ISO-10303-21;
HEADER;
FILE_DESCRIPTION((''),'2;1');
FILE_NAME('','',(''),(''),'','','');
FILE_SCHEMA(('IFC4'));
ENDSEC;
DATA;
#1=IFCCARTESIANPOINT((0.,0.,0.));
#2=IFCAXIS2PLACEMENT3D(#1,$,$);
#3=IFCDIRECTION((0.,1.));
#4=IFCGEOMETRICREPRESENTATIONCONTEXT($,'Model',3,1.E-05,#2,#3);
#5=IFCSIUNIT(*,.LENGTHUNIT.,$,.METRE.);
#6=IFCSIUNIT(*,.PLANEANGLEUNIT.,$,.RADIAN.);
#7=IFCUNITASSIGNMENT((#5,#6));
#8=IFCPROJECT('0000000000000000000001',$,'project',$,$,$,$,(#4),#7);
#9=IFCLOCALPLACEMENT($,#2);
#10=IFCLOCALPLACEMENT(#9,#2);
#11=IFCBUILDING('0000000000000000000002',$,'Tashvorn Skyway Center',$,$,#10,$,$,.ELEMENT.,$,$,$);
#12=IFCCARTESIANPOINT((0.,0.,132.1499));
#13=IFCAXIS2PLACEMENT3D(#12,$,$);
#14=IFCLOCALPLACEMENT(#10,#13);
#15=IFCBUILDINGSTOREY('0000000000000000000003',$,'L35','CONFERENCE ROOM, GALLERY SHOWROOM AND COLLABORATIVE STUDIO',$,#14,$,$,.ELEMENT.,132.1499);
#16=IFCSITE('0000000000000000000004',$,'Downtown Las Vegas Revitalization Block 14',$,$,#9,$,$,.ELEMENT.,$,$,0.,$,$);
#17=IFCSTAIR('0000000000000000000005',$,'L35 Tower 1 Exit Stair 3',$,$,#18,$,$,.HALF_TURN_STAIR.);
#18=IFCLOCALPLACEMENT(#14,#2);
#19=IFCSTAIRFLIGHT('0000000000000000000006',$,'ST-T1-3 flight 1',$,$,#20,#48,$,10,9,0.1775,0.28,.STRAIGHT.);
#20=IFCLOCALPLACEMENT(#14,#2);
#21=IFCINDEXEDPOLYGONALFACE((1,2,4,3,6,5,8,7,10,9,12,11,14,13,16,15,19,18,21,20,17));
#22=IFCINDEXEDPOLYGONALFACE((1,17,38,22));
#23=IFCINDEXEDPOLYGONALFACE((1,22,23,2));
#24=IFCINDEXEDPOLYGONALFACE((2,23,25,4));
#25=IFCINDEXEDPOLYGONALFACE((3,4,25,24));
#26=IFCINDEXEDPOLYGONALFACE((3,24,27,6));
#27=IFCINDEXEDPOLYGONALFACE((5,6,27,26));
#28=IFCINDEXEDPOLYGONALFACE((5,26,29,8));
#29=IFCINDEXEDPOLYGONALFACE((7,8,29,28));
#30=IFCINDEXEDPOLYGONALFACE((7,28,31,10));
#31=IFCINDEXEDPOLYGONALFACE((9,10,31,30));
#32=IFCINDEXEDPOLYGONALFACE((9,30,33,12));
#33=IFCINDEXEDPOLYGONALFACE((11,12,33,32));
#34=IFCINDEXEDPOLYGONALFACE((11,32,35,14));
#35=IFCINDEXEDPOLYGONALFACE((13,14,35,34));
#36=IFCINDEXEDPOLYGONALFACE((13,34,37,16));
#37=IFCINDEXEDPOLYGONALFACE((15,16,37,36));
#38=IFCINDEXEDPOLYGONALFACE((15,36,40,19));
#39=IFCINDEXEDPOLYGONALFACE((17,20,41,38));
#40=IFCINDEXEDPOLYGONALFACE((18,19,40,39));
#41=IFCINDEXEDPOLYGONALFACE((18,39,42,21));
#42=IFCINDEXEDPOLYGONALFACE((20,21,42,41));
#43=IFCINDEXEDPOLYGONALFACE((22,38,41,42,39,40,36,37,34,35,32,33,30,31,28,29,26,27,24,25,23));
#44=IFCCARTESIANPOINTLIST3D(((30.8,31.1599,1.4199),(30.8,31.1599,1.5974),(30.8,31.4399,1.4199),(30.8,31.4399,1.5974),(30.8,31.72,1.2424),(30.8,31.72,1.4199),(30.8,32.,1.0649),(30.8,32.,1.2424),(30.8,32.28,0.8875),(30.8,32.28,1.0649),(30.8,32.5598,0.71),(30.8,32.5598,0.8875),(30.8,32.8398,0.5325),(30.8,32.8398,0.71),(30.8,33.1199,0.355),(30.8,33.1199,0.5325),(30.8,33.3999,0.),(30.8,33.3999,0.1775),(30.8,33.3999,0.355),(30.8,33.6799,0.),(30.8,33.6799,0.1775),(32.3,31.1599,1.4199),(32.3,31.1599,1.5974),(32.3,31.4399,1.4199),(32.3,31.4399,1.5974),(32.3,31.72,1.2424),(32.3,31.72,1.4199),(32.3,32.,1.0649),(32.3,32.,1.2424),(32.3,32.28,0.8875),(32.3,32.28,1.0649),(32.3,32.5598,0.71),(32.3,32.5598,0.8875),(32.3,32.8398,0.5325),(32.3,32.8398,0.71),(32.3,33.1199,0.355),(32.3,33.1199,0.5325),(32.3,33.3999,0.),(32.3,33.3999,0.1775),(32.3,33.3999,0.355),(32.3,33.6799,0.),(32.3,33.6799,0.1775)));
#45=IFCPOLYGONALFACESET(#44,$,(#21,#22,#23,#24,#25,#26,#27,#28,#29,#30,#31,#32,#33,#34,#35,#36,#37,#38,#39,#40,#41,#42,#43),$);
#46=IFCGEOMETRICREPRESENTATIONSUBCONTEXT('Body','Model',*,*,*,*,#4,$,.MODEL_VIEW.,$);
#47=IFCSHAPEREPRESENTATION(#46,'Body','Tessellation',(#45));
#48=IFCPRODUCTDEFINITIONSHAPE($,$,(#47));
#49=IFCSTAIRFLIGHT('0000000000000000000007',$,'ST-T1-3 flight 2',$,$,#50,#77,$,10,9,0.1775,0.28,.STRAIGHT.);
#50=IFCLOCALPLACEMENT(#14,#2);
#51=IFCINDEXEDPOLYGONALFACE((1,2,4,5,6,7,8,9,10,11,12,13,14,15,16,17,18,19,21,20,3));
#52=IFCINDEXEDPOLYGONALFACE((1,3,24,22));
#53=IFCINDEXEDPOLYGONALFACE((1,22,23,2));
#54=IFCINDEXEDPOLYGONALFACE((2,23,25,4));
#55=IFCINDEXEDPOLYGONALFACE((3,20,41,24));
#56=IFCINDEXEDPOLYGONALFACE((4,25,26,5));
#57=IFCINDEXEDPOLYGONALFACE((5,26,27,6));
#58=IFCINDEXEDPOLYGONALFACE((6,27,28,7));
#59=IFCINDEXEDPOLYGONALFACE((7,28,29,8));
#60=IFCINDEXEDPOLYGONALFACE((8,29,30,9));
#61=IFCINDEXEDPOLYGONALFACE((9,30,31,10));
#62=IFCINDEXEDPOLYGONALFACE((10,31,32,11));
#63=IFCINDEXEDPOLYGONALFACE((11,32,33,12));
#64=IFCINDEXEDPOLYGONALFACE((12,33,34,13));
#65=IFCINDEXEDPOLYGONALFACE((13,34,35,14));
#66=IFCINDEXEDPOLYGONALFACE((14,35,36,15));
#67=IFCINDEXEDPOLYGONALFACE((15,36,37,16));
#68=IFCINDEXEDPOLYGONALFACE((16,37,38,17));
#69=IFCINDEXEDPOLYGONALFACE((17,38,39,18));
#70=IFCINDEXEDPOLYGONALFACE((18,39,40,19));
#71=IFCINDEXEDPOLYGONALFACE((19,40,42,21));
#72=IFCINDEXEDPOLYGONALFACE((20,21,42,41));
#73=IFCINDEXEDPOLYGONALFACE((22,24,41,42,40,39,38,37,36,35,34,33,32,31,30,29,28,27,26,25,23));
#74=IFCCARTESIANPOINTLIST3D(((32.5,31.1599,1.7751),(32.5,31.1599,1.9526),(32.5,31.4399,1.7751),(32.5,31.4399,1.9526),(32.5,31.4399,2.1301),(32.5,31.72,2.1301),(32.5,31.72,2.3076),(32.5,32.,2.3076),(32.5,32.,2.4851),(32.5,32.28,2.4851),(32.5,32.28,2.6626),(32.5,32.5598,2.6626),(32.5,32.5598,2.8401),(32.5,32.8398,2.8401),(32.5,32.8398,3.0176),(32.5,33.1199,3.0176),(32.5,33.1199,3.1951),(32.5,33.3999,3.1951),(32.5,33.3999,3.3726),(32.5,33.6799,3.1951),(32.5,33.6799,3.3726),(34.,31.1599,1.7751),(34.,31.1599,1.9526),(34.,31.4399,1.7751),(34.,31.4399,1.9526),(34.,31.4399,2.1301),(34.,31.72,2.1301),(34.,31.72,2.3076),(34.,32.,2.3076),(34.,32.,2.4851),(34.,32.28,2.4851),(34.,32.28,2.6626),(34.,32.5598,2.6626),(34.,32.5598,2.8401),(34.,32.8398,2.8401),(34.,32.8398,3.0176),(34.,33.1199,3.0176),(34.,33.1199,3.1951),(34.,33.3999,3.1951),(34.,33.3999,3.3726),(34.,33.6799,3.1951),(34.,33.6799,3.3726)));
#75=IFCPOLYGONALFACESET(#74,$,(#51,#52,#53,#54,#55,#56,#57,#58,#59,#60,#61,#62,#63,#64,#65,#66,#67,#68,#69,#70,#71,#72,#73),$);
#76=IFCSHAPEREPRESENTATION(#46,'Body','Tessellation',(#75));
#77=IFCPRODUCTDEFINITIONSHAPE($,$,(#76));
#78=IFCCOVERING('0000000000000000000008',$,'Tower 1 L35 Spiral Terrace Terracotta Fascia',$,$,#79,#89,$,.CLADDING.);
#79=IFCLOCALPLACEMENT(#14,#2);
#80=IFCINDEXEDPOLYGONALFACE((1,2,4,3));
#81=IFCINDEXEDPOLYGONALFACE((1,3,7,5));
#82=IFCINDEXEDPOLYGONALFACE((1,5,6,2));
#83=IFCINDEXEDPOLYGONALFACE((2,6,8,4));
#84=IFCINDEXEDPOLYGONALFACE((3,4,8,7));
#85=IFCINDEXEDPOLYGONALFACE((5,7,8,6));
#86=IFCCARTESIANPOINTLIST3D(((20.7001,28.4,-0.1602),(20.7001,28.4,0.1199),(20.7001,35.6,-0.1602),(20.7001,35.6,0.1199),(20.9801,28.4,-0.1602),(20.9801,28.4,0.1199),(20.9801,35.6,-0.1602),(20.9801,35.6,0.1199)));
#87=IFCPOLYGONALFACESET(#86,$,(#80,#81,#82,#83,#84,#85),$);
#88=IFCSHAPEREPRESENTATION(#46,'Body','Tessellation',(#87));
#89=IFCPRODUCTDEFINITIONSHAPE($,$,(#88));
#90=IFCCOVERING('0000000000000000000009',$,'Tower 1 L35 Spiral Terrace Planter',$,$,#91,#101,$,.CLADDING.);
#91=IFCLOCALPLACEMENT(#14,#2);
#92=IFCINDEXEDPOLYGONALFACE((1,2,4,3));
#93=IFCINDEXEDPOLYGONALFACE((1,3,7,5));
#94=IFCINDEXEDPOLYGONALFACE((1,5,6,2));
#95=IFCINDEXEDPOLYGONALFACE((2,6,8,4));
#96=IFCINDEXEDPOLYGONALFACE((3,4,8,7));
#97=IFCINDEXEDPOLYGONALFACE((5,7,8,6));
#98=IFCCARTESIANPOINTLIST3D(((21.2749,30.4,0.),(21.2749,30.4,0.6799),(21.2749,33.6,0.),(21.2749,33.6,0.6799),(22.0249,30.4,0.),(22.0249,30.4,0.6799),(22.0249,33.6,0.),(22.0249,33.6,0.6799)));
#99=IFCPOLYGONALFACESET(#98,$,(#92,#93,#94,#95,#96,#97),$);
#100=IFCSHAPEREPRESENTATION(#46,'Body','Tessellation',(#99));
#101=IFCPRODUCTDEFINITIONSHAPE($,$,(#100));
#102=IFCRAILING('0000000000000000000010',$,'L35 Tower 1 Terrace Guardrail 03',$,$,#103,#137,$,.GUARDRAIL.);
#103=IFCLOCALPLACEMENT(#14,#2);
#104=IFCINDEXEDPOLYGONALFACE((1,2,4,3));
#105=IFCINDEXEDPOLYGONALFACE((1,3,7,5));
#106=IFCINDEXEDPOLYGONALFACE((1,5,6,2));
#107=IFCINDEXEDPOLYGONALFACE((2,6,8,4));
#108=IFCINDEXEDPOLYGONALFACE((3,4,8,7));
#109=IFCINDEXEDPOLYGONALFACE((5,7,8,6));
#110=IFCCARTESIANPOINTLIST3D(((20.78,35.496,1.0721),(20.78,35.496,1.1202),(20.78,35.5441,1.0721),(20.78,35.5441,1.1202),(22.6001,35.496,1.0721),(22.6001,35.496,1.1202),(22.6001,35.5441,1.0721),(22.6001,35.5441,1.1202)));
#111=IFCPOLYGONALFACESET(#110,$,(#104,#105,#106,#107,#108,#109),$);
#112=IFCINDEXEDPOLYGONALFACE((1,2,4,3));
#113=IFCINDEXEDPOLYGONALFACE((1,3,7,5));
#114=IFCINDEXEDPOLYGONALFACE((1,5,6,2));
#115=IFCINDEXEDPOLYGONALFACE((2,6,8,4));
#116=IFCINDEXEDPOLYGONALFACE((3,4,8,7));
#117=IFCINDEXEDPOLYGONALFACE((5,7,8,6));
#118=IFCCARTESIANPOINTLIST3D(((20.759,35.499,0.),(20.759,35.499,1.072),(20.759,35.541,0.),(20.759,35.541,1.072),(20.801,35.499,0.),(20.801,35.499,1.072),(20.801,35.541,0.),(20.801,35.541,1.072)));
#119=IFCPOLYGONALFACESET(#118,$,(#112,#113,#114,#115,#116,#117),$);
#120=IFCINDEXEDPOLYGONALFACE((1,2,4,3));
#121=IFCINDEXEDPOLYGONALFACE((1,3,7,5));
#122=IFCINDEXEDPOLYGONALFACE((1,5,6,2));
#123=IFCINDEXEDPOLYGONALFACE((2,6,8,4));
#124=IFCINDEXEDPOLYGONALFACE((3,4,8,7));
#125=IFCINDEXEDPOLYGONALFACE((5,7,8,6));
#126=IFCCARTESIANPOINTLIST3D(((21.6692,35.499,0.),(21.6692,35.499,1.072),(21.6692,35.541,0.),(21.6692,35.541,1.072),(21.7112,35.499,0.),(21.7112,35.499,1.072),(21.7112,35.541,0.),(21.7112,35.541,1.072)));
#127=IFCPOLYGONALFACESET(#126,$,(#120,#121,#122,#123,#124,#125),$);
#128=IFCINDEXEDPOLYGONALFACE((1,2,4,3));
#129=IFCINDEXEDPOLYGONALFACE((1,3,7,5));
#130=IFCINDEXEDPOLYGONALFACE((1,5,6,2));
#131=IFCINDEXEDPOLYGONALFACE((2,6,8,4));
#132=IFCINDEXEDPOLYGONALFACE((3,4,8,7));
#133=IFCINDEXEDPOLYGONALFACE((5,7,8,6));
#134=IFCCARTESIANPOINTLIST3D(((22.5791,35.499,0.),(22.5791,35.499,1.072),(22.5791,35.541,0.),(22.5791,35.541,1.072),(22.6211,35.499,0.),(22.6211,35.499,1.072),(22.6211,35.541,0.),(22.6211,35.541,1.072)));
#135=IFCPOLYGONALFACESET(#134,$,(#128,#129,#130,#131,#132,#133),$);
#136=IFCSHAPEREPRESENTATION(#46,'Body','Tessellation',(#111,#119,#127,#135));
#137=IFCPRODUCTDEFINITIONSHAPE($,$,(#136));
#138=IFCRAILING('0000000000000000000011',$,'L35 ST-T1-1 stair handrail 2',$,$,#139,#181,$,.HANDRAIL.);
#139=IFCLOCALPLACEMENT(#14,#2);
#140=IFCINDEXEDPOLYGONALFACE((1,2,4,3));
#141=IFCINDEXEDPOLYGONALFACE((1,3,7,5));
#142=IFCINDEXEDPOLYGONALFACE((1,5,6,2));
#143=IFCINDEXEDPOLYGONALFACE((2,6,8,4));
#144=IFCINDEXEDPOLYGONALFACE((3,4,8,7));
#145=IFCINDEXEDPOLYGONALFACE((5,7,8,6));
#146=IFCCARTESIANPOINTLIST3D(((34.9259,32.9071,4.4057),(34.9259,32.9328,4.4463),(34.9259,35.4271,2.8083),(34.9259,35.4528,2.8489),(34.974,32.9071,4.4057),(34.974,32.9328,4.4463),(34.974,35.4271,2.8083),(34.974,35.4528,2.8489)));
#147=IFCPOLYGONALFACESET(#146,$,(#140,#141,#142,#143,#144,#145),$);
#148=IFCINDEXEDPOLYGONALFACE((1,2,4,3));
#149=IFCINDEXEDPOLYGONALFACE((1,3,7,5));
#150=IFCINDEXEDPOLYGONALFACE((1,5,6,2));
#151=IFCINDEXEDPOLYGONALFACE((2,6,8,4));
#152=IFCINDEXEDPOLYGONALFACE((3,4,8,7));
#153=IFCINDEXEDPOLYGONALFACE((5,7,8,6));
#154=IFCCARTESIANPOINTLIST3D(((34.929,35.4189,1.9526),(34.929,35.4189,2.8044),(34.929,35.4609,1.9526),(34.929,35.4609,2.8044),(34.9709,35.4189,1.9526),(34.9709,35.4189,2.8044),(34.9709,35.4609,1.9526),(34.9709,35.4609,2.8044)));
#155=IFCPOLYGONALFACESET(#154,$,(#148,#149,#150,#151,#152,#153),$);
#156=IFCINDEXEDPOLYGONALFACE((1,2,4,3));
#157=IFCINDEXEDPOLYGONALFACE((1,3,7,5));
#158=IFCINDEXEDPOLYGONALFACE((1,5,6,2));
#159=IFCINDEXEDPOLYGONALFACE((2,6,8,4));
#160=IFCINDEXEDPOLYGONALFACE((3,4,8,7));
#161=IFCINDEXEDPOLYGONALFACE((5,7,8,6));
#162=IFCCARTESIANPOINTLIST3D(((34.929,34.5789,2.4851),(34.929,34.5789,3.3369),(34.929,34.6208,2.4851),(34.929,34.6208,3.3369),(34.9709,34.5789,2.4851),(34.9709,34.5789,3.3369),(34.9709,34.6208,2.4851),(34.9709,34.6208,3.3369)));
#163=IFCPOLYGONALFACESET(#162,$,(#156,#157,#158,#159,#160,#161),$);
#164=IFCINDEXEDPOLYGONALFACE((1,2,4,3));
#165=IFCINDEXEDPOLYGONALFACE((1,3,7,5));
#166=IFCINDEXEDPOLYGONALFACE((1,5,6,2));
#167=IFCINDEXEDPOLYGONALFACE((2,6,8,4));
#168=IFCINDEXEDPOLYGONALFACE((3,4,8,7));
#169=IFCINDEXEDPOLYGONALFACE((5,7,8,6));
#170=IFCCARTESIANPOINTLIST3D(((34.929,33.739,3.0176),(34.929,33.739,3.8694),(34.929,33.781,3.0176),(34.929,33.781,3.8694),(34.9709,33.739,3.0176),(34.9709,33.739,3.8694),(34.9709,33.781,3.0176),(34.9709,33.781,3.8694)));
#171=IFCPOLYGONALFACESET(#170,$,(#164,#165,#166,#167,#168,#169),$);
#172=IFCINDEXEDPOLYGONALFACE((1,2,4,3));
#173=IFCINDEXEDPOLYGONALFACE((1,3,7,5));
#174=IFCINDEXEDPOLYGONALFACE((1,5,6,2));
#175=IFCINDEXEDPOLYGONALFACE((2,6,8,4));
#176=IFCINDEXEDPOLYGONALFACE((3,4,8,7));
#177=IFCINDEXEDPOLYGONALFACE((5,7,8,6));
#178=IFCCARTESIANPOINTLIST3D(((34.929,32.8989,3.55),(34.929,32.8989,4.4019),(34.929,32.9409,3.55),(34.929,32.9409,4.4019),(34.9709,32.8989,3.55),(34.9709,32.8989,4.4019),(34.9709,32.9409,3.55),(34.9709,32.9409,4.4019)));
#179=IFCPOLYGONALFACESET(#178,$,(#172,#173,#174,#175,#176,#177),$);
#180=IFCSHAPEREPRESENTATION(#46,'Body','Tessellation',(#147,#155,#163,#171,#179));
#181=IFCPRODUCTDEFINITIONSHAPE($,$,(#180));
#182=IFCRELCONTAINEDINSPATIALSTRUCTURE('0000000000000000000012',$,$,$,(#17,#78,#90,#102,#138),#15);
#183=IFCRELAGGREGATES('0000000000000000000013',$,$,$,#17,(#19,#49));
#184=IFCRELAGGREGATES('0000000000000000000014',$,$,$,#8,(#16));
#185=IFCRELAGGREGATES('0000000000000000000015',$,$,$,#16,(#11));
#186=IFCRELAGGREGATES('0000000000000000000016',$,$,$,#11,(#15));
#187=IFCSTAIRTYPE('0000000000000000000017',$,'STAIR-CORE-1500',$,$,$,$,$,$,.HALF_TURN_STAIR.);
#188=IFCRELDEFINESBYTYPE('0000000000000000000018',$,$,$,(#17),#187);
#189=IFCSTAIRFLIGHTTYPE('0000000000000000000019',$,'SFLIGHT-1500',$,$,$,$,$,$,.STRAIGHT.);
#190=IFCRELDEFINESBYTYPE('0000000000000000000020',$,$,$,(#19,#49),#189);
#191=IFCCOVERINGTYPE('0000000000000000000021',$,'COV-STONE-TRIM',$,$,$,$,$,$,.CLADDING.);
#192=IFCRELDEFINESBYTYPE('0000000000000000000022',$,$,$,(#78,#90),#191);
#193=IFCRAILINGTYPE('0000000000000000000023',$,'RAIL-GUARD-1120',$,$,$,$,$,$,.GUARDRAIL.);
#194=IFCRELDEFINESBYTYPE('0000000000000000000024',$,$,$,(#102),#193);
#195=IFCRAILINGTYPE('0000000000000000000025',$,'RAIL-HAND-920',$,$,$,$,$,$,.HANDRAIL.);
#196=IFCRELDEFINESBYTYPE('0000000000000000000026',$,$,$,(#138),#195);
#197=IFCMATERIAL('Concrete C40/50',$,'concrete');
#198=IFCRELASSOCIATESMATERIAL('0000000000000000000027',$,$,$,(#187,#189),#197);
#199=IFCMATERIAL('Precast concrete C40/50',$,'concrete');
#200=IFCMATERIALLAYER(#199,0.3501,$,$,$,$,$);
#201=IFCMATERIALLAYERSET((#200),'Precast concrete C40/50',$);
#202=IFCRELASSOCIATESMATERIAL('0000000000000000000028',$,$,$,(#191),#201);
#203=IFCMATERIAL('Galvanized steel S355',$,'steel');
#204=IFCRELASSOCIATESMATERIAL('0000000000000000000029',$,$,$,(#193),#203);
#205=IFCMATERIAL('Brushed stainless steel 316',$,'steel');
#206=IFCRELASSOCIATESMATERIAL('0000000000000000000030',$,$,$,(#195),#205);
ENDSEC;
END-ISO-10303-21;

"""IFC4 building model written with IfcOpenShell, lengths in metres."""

from ifc_helpers import new_model, si_unit, direction, frame, origin, origin_2d, place, context, subcontext, project, spatial, polyline, rectangle, outline, extrude, material, layer, layer_set, type_object, element, aggregate, save


model = new_model("IFC4")

# Units and contexts
model_context = context("Model", 3, precision=1e-05, world=origin(), true_north=direction((0.0, 1.0)))
body_context = subcontext(model_context, "Body", "Model", "MODEL_VIEW")
ifc_project = project(units=[si_unit("LENGTHUNIT", "METRE"), si_unit("PLANEANGLEUNIT", "RADIAN")], contexts=[model_context])

# Site, building, storey
site_placement = place(None, origin())
site = spatial("IfcSite", under=ifc_project, at=site_placement, Name="Downtown Las Vegas Revitalization Block 14", CompositionType="ELEMENT", RefElevation=0.0)
building_placement = place(site_placement, origin())
building = spatial("IfcBuilding", under=site, at=building_placement, Name="Tashvorn Skyway Center", CompositionType="ELEMENT")
storey_placement = place(building_placement, frame((0.0, 0.0, 132.1499)))
storey = spatial("IfcBuildingStorey", under=building, at=storey_placement, Name="L35", Description="CONFERENCE ROOM, GALLERY SHOWROOM AND COLLABORATIVE STUDIO", CompositionType="ELEMENT", Elevation=132.1499)

# Shared definitions
ifc_material_1 = material(Name="Concrete C40/50", Category="concrete")

# Shared definitions
stair_type = type_object("IfcStairType", Name="STAIR-CORE-1500", PredefinedType="HALF_TURN_STAIR", material=ifc_material_1)
stair_flight_type = type_object("IfcStairFlightType", Name="SFLIGHT-1500", PredefinedType="STRAIGHT", material=ifc_material_1)

# Stair, stair flights
stair_1_placement = place(storey_placement, origin())
stair_1 = element("IfcStair", 1, at=stair_1_placement, inside=storey, type_object=stair_type, Name="L35 Tower 1 Exit Stair 3", PredefinedType="HALF_TURN_STAIR")
stair_flight_1_placement = place(storey_placement, frame((31.55, 33.6799, 0.0), z_axis=(0.0, 0.0, 1.0), x_axis=(0.0, -1.0, 0.0)))
stair_flight_1 = element("IfcStairFlight", 2, at=stair_flight_1_placement, type_object=stair_flight_type, Name="ST-T1-3 flight 1", NumberOfRisers=10, NumberOfTreads=9, PredefinedType="STRAIGHT", RiserHeight=0.1775, TreadLength=0.28, context=body_context, shape_type="SweptSolid", body=[
    extrude(outline(polyline([(0.0, 0.0), (0.0, 0.1775), (0.28, 0.1775), (0.28, 0.355), (0.5601, 0.355), (0.5601, 0.5325), (0.8401, 0.5325), (0.8401, 0.71), (1.1201, 0.71), (1.1201, 0.8875), (1.3999, 0.8875), (1.3999, 1.0649), (1.6799, 1.0649), (1.6799, 1.2424), (1.96, 1.2424), (1.96, 1.4199), (2.24, 1.4199), (2.24, 1.5974), (2.52, 1.5974), (2.52, 1.7749), (2.52, 1.4199), (0.28, 0.0), (0.0, 0.0)])), frame((0.0, 0.75, 0.0), z_axis=(0.0, -1.0, 0.0), x_axis=(1.0, 0.0, 0.0)), (0.0, 0.0, 1.0), 1.5),
])
stair_flight_2_placement = place(storey_placement, frame((33.25, 31.1599, 1.7751), z_axis=(0.0, 0.0, 1.0), x_axis=(0.0, 1.0, 0.0)))
stair_flight_2 = element("IfcStairFlight", 3, at=stair_flight_2_placement, type_object=stair_flight_type, Name="ST-T1-3 flight 2", NumberOfRisers=10, NumberOfTreads=9, PredefinedType="STRAIGHT", RiserHeight=0.1775, TreadLength=0.28, context=body_context, shape_type="SweptSolid", body=[
    extrude(outline(polyline([(0.0, 0.0), (0.0, 0.1775), (0.28, 0.1775), (0.28, 0.355), (0.5601, 0.355), (0.5601, 0.5325), (0.8401, 0.5325), (0.8401, 0.71), (1.1201, 0.71), (1.1201, 0.8875), (1.3999, 0.8875), (1.3999, 1.0649), (1.6799, 1.0649), (1.6799, 1.2424), (1.96, 1.2424), (1.96, 1.4199), (2.24, 1.4199), (2.24, 1.5974), (2.52, 1.5974), (2.52, 1.7749), (2.52, 1.4199), (0.28, 0.0), (0.0, 0.0)])), frame((0.0, 0.75, 0.0), z_axis=(0.0, -1.0, 0.0), x_axis=(1.0, 0.0, 0.0)), (0.0, 0.0, 1.0), 1.5),
])
aggregate(stair_1, [stair_flight_1, stair_flight_2])

# Coverings
ifc_material_2 = material(Name="Precast concrete C40/50", Category="concrete")
ifc_layer_1 = layer(ifc_material_2, 0.3501)
ifc_layer_set_1 = layer_set([ifc_layer_1], Name="Precast concrete C40/50")
covering_type = type_object("IfcCoveringType", Name="COV-STONE-TRIM", PredefinedType="CLADDING", material=ifc_layer_set_1)
covering_1_placement = place(storey_placement, frame((20.8401, 32.0, -0.1602), z_axis=(0.0, 0.0, 1.0), x_axis=(0.0, 1.0, 0.0)))
element("IfcCovering", 4, at=covering_1_placement, inside=storey, type_object=covering_type, Name="Tower 1 L35 Spiral Terrace Terracotta Fascia", PredefinedType="CLADDING", context=body_context, shape_type="SweptSolid", body=[
    extrude(rectangle(XDim=7.2, YDim=0.28, at=origin_2d()), origin(), (0.0, 0.0, 1.0), 0.28),
])
covering_2_placement = place(storey_placement, frame((21.6499, 32.0, 0.0), z_axis=(0.0, 0.0, 1.0), x_axis=(0.0, 1.0, 0.0)))
element("IfcCovering", 5, at=covering_2_placement, inside=storey, type_object=covering_type, Name="Tower 1 L35 Spiral Terrace Planter", PredefinedType="CLADDING", context=body_context, shape_type="SweptSolid", body=[
    extrude(rectangle(XDim=3.2, YDim=0.75, at=origin_2d()), origin(), (0.0, 0.0, 1.0), 0.6799),
])

# Railings
ifc_material_3 = material(Name="Galvanized steel S355", Category="steel")
railing_type_1 = type_object("IfcRailingType", Name="RAIL-GUARD-1120", PredefinedType="GUARDRAIL", material=ifc_material_3)
railing_1_placement = place(storey_placement, frame((20.78, 35.52, 0.0)))
element("IfcRailing", 6, at=railing_1_placement, inside=storey, type_object=railing_type_1, Name="L35 Tower 1 Terrace Guardrail 03", PredefinedType="GUARDRAIL", context=body_context, shape_type="SweptSolid", body=[
    extrude(rectangle(XDim=0.0481, YDim=0.0481, at=origin_2d()), frame((0.0, 0.0, 1.0962), z_axis=(1.0, 0.0, 0.0), x_axis=(0.0, 1.0, 0.0)), (0.0, 0.0, 1.0), 1.8201),
    extrude(rectangle(XDim=0.042, YDim=0.042, at=origin_2d()), origin(), (0.0, 0.0, 1.0), 1.072),
    extrude(rectangle(XDim=0.042, YDim=0.042, at=origin_2d()), frame((0.9102, 0.0, 0.0)), (0.0, 0.0, 1.0), 1.072),
    extrude(rectangle(XDim=0.042, YDim=0.042, at=origin_2d()), frame((1.8201, 0.0, 0.0)), (0.0, 0.0, 1.0), 1.072),
])
ifc_material_4 = material(Name="Brushed stainless steel 316", Category="steel")
railing_type_2 = type_object("IfcRailingType", Name="RAIL-HAND-920", PredefinedType="HANDRAIL", material=ifc_material_4)
railing_2_placement = place(storey_placement, frame((34.95, 35.4399, 1.9526)))
element("IfcRailing", 7, at=railing_2_placement, inside=storey, type_object=railing_type_2, Name="L35 ST-T1-1 stair handrail 2", PredefinedType="HANDRAIL", context=body_context, shape_type="SweptSolid", body=[
    extrude(rectangle(XDim=0.0481, YDim=0.0481, at=origin_2d()), frame((0.0, 0.0, 0.876), z_axis=(0.0, -0.844607, 0.535387), x_axis=(1.0, 0.0, 0.0)), (0.0, 0.0, 1.0), 2.9836),
    extrude(rectangle(XDim=0.042, YDim=0.042, at=origin_2d()), origin(), (0.0, 0.0, 1.0), 0.8518),
    extrude(rectangle(XDim=0.042, YDim=0.042, at=origin_2d()), frame((0.0, -0.8401, 0.5325)), (0.0, 0.0, 1.0), 0.8518),
    extrude(rectangle(XDim=0.042, YDim=0.042, at=origin_2d()), frame((0.0, -1.6799, 1.0649)), (0.0, 0.0, 1.0), 0.8518),
    extrude(rectangle(XDim=0.042, YDim=0.042, at=origin_2d()), frame((0.0, -2.52, 1.5974)), (0.0, 0.0, 1.0), 0.8518),
])

save(model, "model.ifc")
